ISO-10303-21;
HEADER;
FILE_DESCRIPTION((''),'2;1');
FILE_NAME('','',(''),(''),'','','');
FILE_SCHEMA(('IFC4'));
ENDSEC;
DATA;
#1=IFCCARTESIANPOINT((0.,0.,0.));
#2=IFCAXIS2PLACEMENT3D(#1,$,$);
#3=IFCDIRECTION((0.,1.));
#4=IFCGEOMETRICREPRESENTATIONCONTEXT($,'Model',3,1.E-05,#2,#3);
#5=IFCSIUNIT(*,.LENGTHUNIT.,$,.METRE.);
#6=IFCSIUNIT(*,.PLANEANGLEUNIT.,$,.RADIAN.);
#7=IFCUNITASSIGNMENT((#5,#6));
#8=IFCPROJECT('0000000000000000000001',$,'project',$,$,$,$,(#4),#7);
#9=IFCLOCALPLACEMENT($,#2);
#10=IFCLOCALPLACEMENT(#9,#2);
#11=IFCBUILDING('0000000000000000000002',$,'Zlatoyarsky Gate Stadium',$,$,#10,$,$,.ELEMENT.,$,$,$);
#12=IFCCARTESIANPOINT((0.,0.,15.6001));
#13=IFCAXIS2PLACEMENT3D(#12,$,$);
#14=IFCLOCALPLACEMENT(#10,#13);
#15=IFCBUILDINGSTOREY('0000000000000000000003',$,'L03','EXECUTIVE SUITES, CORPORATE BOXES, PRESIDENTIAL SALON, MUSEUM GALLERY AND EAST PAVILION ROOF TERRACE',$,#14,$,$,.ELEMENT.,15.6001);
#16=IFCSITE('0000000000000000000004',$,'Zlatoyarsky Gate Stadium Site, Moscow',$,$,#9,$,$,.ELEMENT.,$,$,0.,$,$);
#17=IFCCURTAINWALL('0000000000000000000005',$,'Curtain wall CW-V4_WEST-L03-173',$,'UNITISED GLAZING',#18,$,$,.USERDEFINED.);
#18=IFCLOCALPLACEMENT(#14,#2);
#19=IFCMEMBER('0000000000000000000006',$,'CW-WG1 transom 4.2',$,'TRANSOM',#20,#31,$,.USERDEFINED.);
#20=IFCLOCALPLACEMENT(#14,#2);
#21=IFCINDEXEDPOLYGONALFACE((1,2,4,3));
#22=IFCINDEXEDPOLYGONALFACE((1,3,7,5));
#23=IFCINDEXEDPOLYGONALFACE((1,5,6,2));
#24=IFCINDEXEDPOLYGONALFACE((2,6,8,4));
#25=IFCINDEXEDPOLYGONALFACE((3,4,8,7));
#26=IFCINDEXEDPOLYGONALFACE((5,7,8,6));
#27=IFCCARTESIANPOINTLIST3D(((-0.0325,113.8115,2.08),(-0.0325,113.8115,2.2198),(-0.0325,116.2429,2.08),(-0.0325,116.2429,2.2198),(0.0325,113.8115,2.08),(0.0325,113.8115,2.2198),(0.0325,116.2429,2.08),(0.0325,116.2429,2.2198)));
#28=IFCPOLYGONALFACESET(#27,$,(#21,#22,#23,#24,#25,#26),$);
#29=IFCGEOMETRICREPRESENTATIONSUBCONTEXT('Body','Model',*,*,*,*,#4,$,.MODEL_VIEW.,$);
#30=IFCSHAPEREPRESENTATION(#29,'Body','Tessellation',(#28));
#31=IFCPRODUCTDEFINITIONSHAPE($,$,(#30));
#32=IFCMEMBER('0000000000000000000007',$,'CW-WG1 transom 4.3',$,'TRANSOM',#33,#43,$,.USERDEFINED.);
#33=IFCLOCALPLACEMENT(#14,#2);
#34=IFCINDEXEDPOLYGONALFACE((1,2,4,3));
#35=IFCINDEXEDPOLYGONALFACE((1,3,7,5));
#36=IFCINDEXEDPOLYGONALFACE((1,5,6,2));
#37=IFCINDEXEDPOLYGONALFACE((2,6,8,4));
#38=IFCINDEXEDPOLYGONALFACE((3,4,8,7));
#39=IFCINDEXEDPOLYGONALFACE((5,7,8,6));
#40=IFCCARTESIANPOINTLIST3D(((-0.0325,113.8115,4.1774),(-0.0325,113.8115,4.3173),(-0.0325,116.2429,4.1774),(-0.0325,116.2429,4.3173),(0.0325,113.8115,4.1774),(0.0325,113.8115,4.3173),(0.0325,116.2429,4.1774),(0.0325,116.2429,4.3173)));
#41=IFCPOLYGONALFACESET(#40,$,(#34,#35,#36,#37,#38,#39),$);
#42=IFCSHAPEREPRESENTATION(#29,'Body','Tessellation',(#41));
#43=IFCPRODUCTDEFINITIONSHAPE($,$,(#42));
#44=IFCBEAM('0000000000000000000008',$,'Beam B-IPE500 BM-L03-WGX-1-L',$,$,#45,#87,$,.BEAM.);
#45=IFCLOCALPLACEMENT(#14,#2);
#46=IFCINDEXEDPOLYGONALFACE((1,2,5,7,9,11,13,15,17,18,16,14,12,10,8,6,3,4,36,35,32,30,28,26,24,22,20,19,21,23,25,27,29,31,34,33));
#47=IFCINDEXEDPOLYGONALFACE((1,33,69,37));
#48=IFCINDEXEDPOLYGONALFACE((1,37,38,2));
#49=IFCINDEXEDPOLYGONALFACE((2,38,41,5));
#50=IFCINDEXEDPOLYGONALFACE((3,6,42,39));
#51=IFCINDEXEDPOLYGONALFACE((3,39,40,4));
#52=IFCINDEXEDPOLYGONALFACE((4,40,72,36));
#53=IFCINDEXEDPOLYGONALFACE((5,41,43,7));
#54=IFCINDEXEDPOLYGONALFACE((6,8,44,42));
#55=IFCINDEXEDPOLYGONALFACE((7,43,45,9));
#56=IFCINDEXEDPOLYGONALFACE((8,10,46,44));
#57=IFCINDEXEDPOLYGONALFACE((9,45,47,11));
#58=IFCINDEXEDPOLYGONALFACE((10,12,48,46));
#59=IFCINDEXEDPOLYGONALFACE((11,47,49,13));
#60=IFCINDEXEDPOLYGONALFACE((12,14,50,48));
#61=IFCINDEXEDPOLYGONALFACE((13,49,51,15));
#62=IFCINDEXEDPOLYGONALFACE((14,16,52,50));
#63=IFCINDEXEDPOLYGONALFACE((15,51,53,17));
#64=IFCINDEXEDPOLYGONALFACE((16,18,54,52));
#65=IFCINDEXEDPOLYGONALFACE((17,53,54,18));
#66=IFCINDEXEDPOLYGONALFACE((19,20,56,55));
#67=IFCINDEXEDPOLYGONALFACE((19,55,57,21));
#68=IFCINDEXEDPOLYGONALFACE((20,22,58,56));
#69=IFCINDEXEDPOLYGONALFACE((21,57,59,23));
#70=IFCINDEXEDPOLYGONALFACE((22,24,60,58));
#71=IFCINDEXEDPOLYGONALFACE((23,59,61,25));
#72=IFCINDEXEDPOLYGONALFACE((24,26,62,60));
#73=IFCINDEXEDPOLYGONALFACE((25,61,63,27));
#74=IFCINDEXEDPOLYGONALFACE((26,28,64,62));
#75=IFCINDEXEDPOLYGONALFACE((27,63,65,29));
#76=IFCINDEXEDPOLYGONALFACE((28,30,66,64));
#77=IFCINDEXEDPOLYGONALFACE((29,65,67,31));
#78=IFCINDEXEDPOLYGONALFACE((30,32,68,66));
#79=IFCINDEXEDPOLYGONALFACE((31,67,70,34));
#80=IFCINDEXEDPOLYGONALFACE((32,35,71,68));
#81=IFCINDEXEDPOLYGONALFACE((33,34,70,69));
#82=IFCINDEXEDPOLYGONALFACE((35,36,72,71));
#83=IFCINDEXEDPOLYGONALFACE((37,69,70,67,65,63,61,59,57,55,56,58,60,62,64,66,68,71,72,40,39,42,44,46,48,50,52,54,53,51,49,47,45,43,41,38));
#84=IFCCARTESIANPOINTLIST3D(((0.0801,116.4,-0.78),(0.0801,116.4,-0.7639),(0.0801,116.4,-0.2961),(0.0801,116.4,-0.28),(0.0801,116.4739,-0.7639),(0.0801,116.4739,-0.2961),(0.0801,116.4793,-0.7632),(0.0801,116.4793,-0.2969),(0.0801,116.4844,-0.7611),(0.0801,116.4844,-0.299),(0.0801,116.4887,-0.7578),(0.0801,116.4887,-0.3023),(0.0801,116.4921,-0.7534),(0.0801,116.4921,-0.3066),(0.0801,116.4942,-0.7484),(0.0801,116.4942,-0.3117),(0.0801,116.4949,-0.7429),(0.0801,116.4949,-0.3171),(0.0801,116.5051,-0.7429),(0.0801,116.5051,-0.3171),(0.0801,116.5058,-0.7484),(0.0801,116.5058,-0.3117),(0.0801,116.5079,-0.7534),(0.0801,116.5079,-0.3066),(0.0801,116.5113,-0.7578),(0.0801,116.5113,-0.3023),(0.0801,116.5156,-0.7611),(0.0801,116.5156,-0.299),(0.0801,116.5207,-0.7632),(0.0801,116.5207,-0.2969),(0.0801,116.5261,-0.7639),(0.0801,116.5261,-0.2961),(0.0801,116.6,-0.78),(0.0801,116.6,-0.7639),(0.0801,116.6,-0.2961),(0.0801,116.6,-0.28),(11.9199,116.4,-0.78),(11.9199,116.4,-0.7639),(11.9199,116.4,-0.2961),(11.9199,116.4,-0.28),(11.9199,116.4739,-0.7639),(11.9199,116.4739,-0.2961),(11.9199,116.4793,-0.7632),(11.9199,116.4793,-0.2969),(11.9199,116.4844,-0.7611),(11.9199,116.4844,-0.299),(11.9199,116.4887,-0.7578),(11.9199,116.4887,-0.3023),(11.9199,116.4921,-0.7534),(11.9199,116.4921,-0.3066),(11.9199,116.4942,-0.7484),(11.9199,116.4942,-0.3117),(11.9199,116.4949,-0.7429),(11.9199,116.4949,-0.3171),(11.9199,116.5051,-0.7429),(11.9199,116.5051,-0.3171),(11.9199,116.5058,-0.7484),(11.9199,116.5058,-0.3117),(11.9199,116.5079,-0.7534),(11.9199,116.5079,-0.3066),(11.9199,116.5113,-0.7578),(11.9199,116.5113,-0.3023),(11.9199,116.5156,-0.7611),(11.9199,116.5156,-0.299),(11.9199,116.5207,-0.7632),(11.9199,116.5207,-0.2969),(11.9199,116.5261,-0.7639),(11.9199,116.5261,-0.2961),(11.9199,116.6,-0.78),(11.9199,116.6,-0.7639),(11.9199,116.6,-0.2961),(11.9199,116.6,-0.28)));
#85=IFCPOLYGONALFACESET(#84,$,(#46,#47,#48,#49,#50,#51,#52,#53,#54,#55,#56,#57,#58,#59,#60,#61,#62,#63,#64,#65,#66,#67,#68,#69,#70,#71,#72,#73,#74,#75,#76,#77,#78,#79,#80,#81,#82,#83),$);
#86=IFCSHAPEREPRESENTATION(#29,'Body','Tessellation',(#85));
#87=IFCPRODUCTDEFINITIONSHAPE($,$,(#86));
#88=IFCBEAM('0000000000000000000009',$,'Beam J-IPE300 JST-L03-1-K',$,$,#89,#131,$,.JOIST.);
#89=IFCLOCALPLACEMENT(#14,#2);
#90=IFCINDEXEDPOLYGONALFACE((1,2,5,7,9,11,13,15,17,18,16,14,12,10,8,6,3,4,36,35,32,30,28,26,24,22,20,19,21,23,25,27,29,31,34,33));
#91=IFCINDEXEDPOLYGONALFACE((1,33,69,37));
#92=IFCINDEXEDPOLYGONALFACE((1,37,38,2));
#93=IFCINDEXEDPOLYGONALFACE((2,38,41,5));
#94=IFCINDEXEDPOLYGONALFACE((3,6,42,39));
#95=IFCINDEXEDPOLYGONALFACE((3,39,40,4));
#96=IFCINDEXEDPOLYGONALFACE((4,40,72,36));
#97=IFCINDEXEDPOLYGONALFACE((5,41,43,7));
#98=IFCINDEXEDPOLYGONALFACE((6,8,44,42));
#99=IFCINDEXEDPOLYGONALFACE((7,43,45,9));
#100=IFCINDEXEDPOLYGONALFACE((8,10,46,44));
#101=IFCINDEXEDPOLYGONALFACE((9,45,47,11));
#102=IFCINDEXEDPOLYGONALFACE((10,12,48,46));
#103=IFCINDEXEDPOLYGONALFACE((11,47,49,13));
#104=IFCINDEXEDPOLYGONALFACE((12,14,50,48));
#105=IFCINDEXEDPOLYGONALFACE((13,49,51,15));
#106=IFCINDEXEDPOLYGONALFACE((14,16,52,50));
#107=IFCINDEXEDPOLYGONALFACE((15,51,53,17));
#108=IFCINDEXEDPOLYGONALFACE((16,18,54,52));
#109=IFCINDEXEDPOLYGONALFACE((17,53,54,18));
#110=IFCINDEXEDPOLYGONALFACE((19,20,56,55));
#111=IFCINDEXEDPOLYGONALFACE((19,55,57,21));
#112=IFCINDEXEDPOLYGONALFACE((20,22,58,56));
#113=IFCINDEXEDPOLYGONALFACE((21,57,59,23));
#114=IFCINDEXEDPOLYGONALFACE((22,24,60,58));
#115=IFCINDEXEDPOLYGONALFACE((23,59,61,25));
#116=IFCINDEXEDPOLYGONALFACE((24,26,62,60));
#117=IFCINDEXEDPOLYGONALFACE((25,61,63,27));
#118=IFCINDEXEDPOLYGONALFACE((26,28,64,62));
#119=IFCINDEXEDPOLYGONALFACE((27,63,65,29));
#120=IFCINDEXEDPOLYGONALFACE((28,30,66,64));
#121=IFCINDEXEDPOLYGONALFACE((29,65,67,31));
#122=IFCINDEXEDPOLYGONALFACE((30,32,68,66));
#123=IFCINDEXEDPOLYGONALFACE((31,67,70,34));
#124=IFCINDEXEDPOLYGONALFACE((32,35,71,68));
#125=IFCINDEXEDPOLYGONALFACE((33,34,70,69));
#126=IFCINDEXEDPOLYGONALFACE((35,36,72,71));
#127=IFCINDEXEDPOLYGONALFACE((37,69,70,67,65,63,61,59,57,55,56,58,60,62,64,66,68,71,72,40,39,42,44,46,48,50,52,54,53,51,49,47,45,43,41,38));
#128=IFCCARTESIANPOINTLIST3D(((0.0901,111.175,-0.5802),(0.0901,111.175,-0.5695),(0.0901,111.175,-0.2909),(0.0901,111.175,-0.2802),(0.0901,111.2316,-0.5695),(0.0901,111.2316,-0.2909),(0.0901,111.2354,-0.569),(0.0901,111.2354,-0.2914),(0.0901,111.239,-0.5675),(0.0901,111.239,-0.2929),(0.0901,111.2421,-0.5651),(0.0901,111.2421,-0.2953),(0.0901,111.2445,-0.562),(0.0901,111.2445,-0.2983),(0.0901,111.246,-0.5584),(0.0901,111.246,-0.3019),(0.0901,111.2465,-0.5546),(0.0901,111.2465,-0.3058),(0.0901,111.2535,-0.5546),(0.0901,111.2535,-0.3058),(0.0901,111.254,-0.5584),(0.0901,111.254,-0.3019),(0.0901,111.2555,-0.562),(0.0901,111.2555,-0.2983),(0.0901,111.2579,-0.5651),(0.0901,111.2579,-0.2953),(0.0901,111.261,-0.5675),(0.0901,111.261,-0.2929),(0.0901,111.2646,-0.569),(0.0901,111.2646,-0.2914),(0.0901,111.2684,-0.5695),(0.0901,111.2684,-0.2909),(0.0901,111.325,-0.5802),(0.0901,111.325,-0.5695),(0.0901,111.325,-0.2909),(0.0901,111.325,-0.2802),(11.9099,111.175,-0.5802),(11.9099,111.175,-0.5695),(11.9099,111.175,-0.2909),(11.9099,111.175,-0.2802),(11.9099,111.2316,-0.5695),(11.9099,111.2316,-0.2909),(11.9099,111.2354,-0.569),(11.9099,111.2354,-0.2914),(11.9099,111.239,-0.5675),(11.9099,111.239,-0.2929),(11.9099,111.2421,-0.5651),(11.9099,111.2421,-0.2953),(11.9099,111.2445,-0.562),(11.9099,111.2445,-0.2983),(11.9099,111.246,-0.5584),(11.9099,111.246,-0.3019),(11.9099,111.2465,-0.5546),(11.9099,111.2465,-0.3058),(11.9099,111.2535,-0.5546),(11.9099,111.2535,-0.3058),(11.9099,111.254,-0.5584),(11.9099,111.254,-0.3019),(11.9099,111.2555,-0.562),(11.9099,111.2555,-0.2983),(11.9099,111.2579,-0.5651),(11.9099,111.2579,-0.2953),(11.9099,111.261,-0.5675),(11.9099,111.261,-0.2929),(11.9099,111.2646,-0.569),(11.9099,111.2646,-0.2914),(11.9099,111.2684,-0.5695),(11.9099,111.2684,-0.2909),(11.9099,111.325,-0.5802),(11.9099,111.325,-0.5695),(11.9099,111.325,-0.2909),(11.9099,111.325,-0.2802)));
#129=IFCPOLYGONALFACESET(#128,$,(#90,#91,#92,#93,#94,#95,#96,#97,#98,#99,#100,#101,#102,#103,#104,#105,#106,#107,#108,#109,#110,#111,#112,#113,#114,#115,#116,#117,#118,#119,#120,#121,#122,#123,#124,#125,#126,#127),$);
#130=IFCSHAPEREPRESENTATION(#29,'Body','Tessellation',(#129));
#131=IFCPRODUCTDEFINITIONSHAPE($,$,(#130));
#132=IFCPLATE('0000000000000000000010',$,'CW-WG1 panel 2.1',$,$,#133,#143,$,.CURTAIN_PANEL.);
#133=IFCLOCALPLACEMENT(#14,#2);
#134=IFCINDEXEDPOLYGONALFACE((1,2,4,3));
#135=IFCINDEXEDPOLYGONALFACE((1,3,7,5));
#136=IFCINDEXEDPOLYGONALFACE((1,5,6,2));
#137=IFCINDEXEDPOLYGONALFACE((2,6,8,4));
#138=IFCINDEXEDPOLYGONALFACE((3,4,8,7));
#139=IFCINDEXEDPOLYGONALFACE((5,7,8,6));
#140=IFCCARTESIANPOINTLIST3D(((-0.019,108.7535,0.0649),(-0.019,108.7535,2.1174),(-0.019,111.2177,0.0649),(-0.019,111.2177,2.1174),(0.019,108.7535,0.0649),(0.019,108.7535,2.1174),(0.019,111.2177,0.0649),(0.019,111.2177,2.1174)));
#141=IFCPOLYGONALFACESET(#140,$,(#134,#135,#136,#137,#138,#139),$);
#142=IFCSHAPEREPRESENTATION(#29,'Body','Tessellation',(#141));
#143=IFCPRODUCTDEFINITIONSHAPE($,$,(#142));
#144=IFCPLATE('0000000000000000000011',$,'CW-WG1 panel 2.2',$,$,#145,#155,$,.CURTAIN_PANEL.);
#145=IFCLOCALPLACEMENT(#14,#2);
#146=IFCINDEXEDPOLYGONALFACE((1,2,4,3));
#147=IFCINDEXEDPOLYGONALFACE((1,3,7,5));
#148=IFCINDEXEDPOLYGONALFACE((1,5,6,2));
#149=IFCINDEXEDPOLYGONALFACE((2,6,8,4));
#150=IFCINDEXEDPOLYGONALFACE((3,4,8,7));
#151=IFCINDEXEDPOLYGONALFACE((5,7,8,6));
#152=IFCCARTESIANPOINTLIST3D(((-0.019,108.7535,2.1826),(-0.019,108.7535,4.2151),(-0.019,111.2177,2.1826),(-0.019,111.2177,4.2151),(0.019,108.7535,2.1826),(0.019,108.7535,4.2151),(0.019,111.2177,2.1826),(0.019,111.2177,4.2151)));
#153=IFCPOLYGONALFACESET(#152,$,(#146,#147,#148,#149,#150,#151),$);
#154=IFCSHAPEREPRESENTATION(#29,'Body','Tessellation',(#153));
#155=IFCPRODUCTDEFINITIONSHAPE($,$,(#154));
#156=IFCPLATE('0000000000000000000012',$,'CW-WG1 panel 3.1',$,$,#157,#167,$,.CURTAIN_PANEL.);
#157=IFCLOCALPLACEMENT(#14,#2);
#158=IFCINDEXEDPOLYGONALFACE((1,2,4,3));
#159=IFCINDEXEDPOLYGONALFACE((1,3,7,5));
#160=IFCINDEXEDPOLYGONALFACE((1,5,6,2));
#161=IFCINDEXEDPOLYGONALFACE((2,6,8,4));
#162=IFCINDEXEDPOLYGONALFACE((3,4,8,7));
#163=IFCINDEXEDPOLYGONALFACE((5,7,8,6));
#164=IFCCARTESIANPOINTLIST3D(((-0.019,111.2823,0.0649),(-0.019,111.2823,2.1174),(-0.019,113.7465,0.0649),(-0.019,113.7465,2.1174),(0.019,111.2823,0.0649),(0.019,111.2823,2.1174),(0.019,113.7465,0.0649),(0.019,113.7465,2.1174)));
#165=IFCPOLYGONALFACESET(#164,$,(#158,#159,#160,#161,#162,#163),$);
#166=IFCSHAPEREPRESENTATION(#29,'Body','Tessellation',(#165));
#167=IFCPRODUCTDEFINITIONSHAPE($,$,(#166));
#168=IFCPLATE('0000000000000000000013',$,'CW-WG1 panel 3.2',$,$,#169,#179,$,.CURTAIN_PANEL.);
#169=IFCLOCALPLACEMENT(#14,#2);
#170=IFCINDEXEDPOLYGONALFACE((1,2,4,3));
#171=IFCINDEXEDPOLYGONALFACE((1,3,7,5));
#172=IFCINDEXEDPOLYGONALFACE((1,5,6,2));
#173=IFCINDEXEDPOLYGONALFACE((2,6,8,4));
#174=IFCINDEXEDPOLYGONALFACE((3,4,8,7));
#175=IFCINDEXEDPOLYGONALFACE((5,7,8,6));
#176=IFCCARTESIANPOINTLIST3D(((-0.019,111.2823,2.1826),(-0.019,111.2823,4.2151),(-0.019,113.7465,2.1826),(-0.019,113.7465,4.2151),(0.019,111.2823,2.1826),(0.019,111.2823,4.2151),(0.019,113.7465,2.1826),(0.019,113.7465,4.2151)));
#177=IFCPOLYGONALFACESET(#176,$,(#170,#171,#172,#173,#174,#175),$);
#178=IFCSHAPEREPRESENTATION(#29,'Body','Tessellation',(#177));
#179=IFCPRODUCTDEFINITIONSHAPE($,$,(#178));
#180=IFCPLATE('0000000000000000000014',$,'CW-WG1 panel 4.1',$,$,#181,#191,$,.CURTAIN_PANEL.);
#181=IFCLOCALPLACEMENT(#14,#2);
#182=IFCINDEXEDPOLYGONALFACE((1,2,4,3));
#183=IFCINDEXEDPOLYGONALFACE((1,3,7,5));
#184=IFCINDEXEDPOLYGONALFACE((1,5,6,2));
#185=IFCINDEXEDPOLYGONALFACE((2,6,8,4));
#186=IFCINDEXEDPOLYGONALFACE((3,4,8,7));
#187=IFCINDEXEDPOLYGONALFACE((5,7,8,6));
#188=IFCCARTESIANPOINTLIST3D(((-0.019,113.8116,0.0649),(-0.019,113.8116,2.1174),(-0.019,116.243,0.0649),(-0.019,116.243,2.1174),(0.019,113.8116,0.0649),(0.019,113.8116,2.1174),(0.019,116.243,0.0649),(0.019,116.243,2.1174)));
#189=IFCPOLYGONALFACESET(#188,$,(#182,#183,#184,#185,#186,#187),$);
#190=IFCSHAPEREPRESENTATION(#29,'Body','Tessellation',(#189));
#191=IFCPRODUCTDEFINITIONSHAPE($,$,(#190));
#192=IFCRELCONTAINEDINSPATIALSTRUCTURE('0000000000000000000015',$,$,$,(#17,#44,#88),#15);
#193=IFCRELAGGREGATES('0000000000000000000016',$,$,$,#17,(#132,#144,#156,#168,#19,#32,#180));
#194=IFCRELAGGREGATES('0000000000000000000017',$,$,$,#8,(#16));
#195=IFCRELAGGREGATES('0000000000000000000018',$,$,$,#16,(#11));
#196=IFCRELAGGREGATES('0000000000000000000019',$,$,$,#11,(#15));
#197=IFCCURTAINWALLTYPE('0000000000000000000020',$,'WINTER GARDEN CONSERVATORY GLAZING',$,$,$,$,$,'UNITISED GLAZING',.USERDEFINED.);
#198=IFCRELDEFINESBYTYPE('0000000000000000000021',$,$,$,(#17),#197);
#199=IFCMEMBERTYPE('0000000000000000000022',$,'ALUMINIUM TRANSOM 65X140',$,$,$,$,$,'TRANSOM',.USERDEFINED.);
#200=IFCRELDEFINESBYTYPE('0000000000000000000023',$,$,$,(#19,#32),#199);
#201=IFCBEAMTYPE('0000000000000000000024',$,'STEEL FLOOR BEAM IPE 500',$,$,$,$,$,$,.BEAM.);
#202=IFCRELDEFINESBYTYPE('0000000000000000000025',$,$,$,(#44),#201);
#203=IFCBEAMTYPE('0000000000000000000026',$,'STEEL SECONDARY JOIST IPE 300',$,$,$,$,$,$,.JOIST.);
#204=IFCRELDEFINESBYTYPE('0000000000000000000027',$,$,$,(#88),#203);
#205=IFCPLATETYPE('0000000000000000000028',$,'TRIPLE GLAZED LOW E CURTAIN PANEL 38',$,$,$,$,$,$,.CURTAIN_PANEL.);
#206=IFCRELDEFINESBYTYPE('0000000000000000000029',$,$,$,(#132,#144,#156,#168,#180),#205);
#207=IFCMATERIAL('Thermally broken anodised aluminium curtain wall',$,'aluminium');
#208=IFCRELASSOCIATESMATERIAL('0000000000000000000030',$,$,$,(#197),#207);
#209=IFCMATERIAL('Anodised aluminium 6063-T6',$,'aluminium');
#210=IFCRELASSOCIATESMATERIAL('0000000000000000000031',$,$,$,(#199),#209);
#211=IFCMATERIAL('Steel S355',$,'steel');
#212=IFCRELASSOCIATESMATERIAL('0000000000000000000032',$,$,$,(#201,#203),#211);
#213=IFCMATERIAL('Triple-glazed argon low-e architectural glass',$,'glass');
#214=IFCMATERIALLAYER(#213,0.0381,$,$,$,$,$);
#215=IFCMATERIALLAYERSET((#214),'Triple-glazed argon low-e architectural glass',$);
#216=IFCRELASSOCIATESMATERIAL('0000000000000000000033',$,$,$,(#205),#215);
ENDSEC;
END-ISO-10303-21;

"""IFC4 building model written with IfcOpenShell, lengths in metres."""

from ifc_helpers import new_model, si_unit, direction, frame, origin, origin_2d, place, context, subcontext, project, spatial, rectangle, i_section, extrude, material, layer, layer_set, material_profile, profile_set, type_object, element, aggregate, save


model = new_model("IFC4")

# Units and contexts
model_context = context("Model", 3, precision=1e-05, world=origin(), true_north=direction((0.0, 1.0)))
body_context = subcontext(model_context, "Body", "Model", "MODEL_VIEW")
ifc_project = project(units=[si_unit("LENGTHUNIT", "METRE"), si_unit("PLANEANGLEUNIT", "RADIAN")], contexts=[model_context])

# Site, building, storey
site_placement = place(None, origin())
site = spatial("IfcSite", under=ifc_project, at=site_placement, Name="Zlatoyarsky Gate Stadium Site, Moscow", CompositionType="ELEMENT", RefElevation=0.0)
building_placement = place(site_placement, origin())
building = spatial("IfcBuilding", under=site, at=building_placement, Name="Zlatoyarsky Gate Stadium", CompositionType="ELEMENT")
storey_placement = place(building_placement, frame((0.0, 0.0, 15.6001)))
storey = spatial("IfcBuildingStorey", under=building, at=storey_placement, Name="L03", Description="EXECUTIVE SUITES, CORPORATE BOXES, PRESIDENTIAL SALON, MUSEUM GALLERY AND EAST PAVILION ROOF TERRACE", CompositionType="ELEMENT", Elevation=15.6001)

# Shared definitions
ifc_material_1 = material(Name="Steel S355", Category="steel")

# Curtain wall, members
ifc_material_2 = material(Name="Thermally broken anodised aluminium curtain wall", Category="aluminium")
curtain_wall_type = type_object("IfcCurtainWallType", Name="WINTER GARDEN CONSERVATORY GLAZING", ElementType="UNITISED GLAZING", PredefinedType="USERDEFINED", material=ifc_material_2)
curtain_wall_placement = place(storey_placement, origin())
curtain_wall = element("IfcCurtainWall", 1, at=curtain_wall_placement, inside=storey, type_object=curtain_wall_type, Name="Curtain wall CW-V4_WEST-L03-173", ObjectType="UNITISED GLAZING", PredefinedType="USERDEFINED")
ifc_material_3 = material(Name="Anodised aluminium 6063-T6", Category="aluminium")
ifc_material_profile_1 = material_profile(ifc_material_3, rectangle(XDim=0.0649, YDim=0.1399, at=origin_2d()), Name="ALU 65X140")
ifc_profile_set_1 = profile_set([ifc_material_profile_1], Name="Anodised aluminium 6063-T6")
member_type_1 = type_object("IfcMemberType", Name="ALUMINIUM TRANSOM 65X140", ElementType="TRANSOM", PredefinedType="USERDEFINED", material=ifc_profile_set_1)
member_1_placement = place(storey_placement, frame((0.0, 113.8115, 2.1499), z_axis=(0.0, 1.0, 0.0), x_axis=(-1.0, 0.0, 0.0)))
member_1 = element("IfcMember", 2, at=member_1_placement, type_object=member_type_1, Name="CW-WG1 transom 4.2", ObjectType="TRANSOM", PredefinedType="USERDEFINED", context=body_context, shape_type="SweptSolid", body=[
    extrude(rectangle(XDim=0.0649, YDim=0.1399, at=origin_2d()), origin(), (0.0, 0.0, 1.0), 2.4314),
])
member_2_placement = place(storey_placement, frame((0.0, 113.8115, 4.2473), z_axis=(0.0, 1.0, 0.0), x_axis=(-1.0, 0.0, 0.0)))
member_2 = element("IfcMember", 3, at=member_2_placement, type_object=member_type_1, Name="CW-WG1 transom 4.3", ObjectType="TRANSOM", PredefinedType="USERDEFINED", context=body_context, shape_type="SweptSolid", body=[
    extrude(rectangle(XDim=0.0649, YDim=0.1399, at=origin_2d()), origin(), (0.0, 0.0, 1.0), 2.4314),
])

# Beams
ifc_material_profile_2 = material_profile(ifc_material_1, i_section(OverallWidth=0.2, OverallDepth=0.5, WebThickness=0.0103, FlangeThickness=0.0161, FilletRadius=0.021, at=origin_2d()), Name="IPE 500")
ifc_profile_set_2 = profile_set([ifc_material_profile_2], Name="Steel S355")
beam_type_1 = type_object("IfcBeamType", Name="STEEL FLOOR BEAM IPE 500", PredefinedType="BEAM", material=ifc_profile_set_2)
beam_1_placement = place(storey_placement, frame((0.0801, 116.5, -0.53), z_axis=(1.0, 0.0, 0.0), x_axis=(0.0, 1.0, 0.0)))
element("IfcBeam", 4, at=beam_1_placement, inside=storey, type_object=beam_type_1, Name="Beam B-IPE500 BM-L03-WGX-1-L", PredefinedType="BEAM", context=body_context, shape_type="SweptSolid", body=[
    extrude(i_section(OverallWidth=0.2, OverallDepth=0.5, WebThickness=0.0103, FlangeThickness=0.0161, FilletRadius=0.021, at=origin_2d()), origin(), (0.0, 0.0, 1.0), 11.8398),
])
ifc_material_profile_3 = material_profile(ifc_material_1, i_section(OverallWidth=0.1499, OverallDepth=0.3, WebThickness=0.0071, FlangeThickness=0.0107, FilletRadius=0.0149, at=origin_2d()), Name="IPE 300")
ifc_profile_set_3 = profile_set([ifc_material_profile_3], Name="Steel S355")
beam_type_2 = type_object("IfcBeamType", Name="STEEL SECONDARY JOIST IPE 300", PredefinedType="JOIST", material=ifc_profile_set_3)
beam_2_placement = place(storey_placement, frame((0.0901, 111.25, -0.4302), z_axis=(1.0, 0.0, 0.0), x_axis=(0.0, 1.0, 0.0)))
element("IfcBeam", 5, at=beam_2_placement, inside=storey, type_object=beam_type_2, Name="Beam J-IPE300 JST-L03-1-K", PredefinedType="JOIST", context=body_context, shape_type="SweptSolid", body=[
    extrude(i_section(OverallWidth=0.1499, OverallDepth=0.3, WebThickness=0.0071, FlangeThickness=0.0107, FilletRadius=0.0149, at=origin_2d()), origin(), (0.0, 0.0, 1.0), 11.8198),
])

# Plates
ifc_material_4 = material(Name="Triple-glazed argon low-e architectural glass", Category="glass")
ifc_layer = layer(ifc_material_4, 0.0381)
ifc_layer_set = layer_set([ifc_layer], Name="Triple-glazed argon low-e architectural glass")
plate_type = type_object("IfcPlateType", Name="TRIPLE GLAZED LOW E CURTAIN PANEL 38", PredefinedType="CURTAIN_PANEL", material=ifc_layer_set)
plate_1_placement = place(storey_placement, frame((0.0, 109.9856, 0.0649), z_axis=(0.0, 0.0, 1.0), x_axis=(0.0, 1.0, 0.0)))
plate_1 = element("IfcPlate", 6, at=plate_1_placement, type_object=plate_type, Name="CW-WG1 panel 2.1", PredefinedType="CURTAIN_PANEL", context=body_context, shape_type="SweptSolid", body=[
    extrude(rectangle(XDim=2.4641, YDim=0.0381, at=origin_2d()), origin(), (0.0, 0.0, 1.0), 2.0525),
])
plate_2_placement = place(storey_placement, frame((0.0, 109.9856, 2.1826), z_axis=(0.0, 0.0, 1.0), x_axis=(0.0, 1.0, 0.0)))
plate_2 = element("IfcPlate", 7, at=plate_2_placement, type_object=plate_type, Name="CW-WG1 panel 2.2", PredefinedType="CURTAIN_PANEL", context=body_context, shape_type="SweptSolid", body=[
    extrude(rectangle(XDim=2.4641, YDim=0.0381, at=origin_2d()), origin(), (0.0, 0.0, 1.0), 2.0325),
])
plate_3_placement = place(storey_placement, frame((0.0, 112.5144, 0.0649), z_axis=(0.0, 0.0, 1.0), x_axis=(0.0, 1.0, 0.0)))
plate_3 = element("IfcPlate", 8, at=plate_3_placement, type_object=plate_type, Name="CW-WG1 panel 3.1", PredefinedType="CURTAIN_PANEL", context=body_context, shape_type="SweptSolid", body=[
    extrude(rectangle(XDim=2.4641, YDim=0.0381, at=origin_2d()), origin(), (0.0, 0.0, 1.0), 2.0525),
])
plate_4_placement = place(storey_placement, frame((0.0, 112.5144, 2.1826), z_axis=(0.0, 0.0, 1.0), x_axis=(0.0, 1.0, 0.0)))
plate_4 = element("IfcPlate", 9, at=plate_4_placement, type_object=plate_type, Name="CW-WG1 panel 3.2", PredefinedType="CURTAIN_PANEL", context=body_context, shape_type="SweptSolid", body=[
    extrude(rectangle(XDim=2.4641, YDim=0.0381, at=origin_2d()), origin(), (0.0, 0.0, 1.0), 2.0325),
])
plate_5_placement = place(storey_placement, frame((0.0, 115.0273, 0.0649), z_axis=(0.0, 0.0, 1.0), x_axis=(0.0, 1.0, 0.0)))
plate_5 = element("IfcPlate", 10, at=plate_5_placement, type_object=plate_type, Name="CW-WG1 panel 4.1", PredefinedType="CURTAIN_PANEL", context=body_context, shape_type="SweptSolid", body=[
    extrude(rectangle(XDim=2.4314, YDim=0.0381, at=origin_2d()), origin(), (0.0, 0.0, 1.0), 2.0525),
])
aggregate(curtain_wall, [plate_1, plate_2, plate_3, plate_4, member_1, member_2, plate_5])

save(model, "model.ifc")
